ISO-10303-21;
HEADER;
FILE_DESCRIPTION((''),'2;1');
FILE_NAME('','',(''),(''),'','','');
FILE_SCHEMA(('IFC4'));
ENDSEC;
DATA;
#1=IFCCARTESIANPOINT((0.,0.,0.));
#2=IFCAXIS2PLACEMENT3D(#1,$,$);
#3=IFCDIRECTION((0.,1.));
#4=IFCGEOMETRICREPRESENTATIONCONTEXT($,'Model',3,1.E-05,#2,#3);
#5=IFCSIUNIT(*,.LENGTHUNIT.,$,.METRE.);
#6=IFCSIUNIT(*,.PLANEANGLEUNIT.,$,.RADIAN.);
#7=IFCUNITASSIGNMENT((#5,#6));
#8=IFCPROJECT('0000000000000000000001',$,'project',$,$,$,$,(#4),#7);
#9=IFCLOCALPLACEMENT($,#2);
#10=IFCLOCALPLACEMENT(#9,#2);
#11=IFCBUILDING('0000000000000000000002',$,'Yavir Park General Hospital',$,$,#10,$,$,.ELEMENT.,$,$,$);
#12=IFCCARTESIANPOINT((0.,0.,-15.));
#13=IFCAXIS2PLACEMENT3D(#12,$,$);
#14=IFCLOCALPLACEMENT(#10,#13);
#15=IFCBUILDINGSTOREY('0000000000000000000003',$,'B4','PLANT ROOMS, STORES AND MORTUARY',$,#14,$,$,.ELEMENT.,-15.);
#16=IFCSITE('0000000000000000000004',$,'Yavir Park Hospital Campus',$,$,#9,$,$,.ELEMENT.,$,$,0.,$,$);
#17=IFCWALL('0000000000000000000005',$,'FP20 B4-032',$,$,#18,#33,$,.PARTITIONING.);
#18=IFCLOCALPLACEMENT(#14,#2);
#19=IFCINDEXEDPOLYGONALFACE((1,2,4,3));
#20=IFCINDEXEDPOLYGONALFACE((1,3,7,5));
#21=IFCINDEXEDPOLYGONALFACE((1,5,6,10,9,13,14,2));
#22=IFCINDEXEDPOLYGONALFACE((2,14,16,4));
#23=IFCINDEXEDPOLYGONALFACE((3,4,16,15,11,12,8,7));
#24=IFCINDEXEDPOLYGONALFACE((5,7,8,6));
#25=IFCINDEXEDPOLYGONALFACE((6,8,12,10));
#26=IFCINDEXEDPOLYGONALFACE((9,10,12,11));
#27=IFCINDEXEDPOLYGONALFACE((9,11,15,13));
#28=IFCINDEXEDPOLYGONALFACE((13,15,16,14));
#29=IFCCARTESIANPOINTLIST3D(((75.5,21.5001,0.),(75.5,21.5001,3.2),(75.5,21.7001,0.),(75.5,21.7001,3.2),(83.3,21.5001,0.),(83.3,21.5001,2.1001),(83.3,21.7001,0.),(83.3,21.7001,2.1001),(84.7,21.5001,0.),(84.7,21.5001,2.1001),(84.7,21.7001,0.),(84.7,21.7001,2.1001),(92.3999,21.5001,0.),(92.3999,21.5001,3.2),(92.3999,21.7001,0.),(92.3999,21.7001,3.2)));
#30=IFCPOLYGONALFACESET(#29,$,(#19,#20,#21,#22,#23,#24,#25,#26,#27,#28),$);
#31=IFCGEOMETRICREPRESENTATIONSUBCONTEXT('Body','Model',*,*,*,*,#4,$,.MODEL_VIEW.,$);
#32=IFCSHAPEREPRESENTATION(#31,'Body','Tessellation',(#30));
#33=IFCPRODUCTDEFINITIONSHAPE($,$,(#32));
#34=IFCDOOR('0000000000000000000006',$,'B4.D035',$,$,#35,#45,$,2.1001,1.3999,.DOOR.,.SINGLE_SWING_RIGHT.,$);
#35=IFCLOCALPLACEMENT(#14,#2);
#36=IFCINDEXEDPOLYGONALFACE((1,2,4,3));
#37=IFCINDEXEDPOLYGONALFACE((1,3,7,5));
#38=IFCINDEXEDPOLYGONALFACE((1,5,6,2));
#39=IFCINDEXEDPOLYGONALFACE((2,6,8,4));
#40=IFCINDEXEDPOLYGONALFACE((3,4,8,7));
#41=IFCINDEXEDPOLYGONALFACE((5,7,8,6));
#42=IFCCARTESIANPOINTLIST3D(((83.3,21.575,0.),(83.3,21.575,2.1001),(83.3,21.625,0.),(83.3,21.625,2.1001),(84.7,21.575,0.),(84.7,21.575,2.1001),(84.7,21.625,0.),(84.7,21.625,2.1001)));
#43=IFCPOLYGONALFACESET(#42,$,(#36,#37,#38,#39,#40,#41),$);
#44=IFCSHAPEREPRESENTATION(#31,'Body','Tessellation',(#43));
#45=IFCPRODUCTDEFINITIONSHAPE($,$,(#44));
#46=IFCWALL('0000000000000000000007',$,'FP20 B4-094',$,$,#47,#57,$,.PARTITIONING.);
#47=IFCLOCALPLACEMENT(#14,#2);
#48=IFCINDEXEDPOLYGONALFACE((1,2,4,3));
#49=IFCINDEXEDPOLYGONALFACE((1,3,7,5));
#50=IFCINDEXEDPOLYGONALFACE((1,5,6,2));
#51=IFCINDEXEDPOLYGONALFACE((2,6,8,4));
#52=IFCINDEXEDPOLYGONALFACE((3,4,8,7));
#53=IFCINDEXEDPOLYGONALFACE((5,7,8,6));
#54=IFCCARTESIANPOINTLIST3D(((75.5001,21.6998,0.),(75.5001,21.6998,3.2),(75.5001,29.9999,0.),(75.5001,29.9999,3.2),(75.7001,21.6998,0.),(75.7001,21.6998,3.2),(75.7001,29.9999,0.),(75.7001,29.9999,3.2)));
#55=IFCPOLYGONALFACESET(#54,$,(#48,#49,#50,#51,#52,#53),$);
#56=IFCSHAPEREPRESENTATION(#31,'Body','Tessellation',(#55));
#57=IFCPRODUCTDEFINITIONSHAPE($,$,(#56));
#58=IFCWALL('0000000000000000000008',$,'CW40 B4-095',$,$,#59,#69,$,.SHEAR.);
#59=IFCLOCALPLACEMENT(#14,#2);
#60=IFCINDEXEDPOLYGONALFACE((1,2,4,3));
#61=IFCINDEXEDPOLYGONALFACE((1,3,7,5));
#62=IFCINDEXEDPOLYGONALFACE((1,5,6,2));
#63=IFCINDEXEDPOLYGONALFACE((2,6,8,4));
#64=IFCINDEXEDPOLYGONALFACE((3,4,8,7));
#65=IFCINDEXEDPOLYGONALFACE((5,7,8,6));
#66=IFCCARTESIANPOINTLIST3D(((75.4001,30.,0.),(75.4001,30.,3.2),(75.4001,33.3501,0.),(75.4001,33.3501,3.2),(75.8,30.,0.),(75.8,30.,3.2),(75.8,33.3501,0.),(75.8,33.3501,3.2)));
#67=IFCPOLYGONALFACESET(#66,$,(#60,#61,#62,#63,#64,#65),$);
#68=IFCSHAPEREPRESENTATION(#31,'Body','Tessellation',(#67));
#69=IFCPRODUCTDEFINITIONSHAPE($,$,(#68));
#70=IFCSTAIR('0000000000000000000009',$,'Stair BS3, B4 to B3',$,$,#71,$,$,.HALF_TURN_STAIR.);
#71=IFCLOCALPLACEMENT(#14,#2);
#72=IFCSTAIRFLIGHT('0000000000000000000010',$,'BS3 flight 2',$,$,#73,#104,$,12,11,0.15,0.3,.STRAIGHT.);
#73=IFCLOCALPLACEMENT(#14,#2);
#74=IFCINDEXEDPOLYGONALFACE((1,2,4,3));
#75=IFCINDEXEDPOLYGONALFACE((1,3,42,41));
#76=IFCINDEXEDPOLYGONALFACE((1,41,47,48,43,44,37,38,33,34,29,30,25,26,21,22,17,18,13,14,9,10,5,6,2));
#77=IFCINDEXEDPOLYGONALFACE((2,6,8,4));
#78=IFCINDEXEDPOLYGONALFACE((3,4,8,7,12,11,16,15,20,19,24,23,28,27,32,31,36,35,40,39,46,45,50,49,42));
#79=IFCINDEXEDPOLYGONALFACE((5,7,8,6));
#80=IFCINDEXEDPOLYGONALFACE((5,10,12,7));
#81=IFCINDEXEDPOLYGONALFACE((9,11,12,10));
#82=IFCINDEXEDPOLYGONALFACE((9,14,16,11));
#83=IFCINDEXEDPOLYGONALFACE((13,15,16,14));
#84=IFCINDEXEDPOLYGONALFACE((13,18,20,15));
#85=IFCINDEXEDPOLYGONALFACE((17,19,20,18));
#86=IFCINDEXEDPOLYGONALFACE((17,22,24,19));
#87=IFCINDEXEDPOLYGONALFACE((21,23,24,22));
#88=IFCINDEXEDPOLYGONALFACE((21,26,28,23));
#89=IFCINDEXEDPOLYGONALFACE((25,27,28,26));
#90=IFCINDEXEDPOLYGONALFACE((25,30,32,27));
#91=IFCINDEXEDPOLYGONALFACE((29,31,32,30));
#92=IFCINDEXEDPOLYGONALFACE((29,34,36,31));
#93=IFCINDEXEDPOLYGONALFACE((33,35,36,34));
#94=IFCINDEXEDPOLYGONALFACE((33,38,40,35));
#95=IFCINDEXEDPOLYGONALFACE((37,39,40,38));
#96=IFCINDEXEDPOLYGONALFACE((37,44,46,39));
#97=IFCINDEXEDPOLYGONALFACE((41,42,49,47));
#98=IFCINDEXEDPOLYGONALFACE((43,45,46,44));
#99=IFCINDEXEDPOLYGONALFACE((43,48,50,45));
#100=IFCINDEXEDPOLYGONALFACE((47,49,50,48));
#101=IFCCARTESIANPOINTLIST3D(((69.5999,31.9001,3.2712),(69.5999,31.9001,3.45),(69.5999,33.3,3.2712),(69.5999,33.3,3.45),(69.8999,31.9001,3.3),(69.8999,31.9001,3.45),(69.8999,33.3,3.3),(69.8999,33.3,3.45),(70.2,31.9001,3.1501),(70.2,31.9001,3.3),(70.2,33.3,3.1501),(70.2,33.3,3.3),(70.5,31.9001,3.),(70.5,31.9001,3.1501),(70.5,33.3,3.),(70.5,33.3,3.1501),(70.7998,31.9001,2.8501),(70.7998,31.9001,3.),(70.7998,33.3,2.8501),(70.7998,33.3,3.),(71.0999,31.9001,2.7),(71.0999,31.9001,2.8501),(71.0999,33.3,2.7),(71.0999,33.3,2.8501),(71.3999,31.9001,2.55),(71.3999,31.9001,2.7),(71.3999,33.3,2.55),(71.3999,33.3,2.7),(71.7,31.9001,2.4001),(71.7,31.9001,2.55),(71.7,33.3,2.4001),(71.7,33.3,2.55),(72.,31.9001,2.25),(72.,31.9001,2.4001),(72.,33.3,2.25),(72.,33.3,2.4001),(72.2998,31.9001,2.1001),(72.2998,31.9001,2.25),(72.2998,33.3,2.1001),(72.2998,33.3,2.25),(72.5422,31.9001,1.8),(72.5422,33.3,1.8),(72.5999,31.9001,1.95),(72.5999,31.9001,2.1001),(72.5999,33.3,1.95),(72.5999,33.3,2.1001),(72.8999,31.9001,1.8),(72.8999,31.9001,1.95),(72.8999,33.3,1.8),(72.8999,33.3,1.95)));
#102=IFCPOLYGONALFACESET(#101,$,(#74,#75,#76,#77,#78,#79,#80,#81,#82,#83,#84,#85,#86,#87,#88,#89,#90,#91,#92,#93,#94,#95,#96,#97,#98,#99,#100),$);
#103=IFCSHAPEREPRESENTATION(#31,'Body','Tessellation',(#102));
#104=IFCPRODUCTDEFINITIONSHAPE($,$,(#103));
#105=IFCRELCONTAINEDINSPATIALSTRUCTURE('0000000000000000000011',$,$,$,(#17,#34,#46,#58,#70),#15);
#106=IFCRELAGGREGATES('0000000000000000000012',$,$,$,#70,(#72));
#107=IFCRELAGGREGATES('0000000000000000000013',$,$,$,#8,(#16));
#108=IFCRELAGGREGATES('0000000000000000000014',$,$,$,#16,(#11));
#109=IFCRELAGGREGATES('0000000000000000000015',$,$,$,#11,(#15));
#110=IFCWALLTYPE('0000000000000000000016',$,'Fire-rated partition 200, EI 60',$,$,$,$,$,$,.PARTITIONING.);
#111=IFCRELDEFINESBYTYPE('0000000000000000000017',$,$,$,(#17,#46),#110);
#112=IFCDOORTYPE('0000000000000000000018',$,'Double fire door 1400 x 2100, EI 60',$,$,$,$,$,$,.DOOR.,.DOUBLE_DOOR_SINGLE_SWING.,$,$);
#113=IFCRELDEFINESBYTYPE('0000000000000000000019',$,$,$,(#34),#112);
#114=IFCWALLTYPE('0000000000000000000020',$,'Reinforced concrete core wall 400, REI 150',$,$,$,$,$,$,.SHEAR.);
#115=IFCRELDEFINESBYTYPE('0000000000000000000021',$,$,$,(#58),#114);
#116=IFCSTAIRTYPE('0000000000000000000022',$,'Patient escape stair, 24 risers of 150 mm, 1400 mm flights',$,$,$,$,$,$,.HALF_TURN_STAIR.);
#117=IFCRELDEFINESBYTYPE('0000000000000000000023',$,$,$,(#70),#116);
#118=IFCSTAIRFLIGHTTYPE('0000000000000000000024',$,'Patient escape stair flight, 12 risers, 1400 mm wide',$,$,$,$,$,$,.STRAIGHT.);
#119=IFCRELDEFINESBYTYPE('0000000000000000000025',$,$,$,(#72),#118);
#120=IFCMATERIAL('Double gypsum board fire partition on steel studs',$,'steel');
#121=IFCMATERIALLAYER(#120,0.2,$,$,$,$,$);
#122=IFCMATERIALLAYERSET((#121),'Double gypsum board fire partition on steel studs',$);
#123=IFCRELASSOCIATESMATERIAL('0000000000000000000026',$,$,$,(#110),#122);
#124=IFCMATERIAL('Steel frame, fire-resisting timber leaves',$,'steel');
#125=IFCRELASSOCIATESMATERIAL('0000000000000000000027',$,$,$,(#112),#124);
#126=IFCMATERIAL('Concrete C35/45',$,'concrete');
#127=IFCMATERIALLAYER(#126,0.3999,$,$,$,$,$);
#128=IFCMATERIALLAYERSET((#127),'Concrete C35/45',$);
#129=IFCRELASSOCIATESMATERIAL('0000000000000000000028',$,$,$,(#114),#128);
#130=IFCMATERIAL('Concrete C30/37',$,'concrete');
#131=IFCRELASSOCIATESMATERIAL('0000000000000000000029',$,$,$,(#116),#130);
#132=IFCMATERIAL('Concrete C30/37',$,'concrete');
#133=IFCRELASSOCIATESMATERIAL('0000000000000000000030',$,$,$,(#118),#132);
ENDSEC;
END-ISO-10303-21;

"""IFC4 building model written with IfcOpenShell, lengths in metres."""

from ifc_helpers import new_model, si_unit, direction, frame, frame_2d, origin, place, context, subcontext, project, spatial, polyline, rectangle, outline, extrude, material, layer, layer_set, type_object, element, fill, aggregate, save


model = new_model("IFC4")

# Units and contexts
model_context = context("Model", 3, precision=1e-05, world=origin(), true_north=direction((0.0, 1.0)))
body_context = subcontext(model_context, "Body", "Model", "MODEL_VIEW")
ifc_project = project(units=[si_unit("LENGTHUNIT", "METRE"), si_unit("PLANEANGLEUNIT", "RADIAN")], contexts=[model_context])

# Site, building, storey
site_placement = place(None, origin())
site = spatial("IfcSite", under=ifc_project, at=site_placement, Name="Yavir Park Hospital Campus", CompositionType="ELEMENT", RefElevation=0.0)
building_placement = place(site_placement, origin())
building = spatial("IfcBuilding", under=site, at=building_placement, Name="Yavir Park General Hospital", CompositionType="ELEMENT")
storey_placement = place(building_placement, frame((0.0, 0.0, -15.0)))
storey = spatial("IfcBuildingStorey", under=building, at=storey_placement, Name="B4", Description="PLANT ROOMS, STORES AND MORTUARY", CompositionType="ELEMENT", Elevation=-15.0)

# Wall, opening, door
ifc_material_1 = material(Name="Double gypsum board fire partition on steel studs", Category="steel")
ifc_layer_1 = layer(ifc_material_1, 0.2)
ifc_layer_set_1 = layer_set([ifc_layer_1], Name="Double gypsum board fire partition on steel studs")
wall_type_1 = type_object("IfcWallType", Name="Fire-rated partition 200, EI 60", PredefinedType="PARTITIONING", material=ifc_layer_set_1)
ifc_material_2 = material(Name="Steel frame, fire-resisting timber leaves", Category="steel")
door_type = type_object("IfcDoorType", Name="Double fire door 1400 x 2100, EI 60", OperationType="DOUBLE_DOOR_SINGLE_SWING", PredefinedType="DOOR", material=ifc_material_2)
wall_1_placement = place(storey_placement, frame((75.5, 21.6001, 0.0), z_axis=(0.0, 0.0, 1.0), x_axis=(1.0, 0.0, 0.0)))
wall_1 = element("IfcWall", 1, at=wall_1_placement, inside=storey, type_object=wall_type_1, Name="FP20 B4-032", PredefinedType="PARTITIONING", context=body_context, shape_type="SweptSolid", body=[
    extrude(rectangle(XDim=16.8999, YDim=0.2, at=frame_2d((8.45, 0.0))), origin(), (0.0, 0.0, 1.0), 3.2),
])
opening_1_placement = place(wall_1_placement, frame((7.8, 0.0, 0.0)))
opening_1 = element("IfcOpeningElement", 2, at=opening_1_placement, cuts=wall_1, PredefinedType="OPENING", context=body_context, shape_type="SweptSolid", body=[
    extrude(rectangle(XDim=1.3999, YDim=2.1001, at=frame_2d((0.7, 1.05))), frame((0.0, 0.1099, 0.0), z_axis=(0.0, -1.0, 0.0), x_axis=(1.0, 0.0, 0.0)), (0.0, 0.0, 1.0), 0.22),
])
door_1_placement = place(opening_1_placement, origin())
door_1 = element("IfcDoor", 3, at=door_1_placement, inside=storey, type_object=door_type, Name="B4.D035", OperationType="SINGLE_SWING_RIGHT", OverallHeight=2.1001, OverallWidth=1.3999, PredefinedType="DOOR", context=body_context, shape_type="SweptSolid", body=[
    extrude(rectangle(XDim=1.3999, YDim=2.1001, at=frame_2d((0.7, 1.05))), frame((0.0, 0.0249, 0.0), z_axis=(0.0, -1.0, 0.0), x_axis=(1.0, 0.0, 0.0)), (0.0, 0.0, 1.0), 0.05),
])
fill(opening_1, door_1)

# Walls
wall_2_placement = place(storey_placement, frame((75.6001, 21.7, 0.0), z_axis=(0.0, 0.0, 1.0), x_axis=(0.0, 1.0, 0.0)))
element("IfcWall", 4, at=wall_2_placement, inside=storey, type_object=wall_type_1, Name="FP20 B4-094", PredefinedType="PARTITIONING", context=body_context, shape_type="SweptSolid", body=[
    extrude(rectangle(XDim=8.3, YDim=0.2, at=frame_2d((4.1499, 0.0))), origin(), (0.0, 0.0, 1.0), 3.2),
])
ifc_material_3 = material(Name="Concrete C35/45", Category="concrete")
ifc_layer_2 = layer(ifc_material_3, 0.3999)
ifc_layer_set_2 = layer_set([ifc_layer_2], Name="Concrete C35/45")
wall_type_2 = type_object("IfcWallType", Name="Reinforced concrete core wall 400, REI 150", PredefinedType="SHEAR", material=ifc_layer_set_2)
wall_3_placement = place(storey_placement, frame((75.6001, 30.0, 0.0), z_axis=(0.0, 0.0, 1.0), x_axis=(0.0, 1.0, 0.0)))
element("IfcWall", 5, at=wall_3_placement, inside=storey, type_object=wall_type_2, Name="CW40 B4-095", PredefinedType="SHEAR", context=body_context, shape_type="SweptSolid", body=[
    extrude(rectangle(XDim=3.3501, YDim=0.3999, at=frame_2d((1.675, 0.0))), origin(), (0.0, 0.0, 1.0), 3.2),
])

# Stair, stair flight
ifc_material_4 = material(Name="Concrete C30/37", Category="concrete")
stair_type = type_object("IfcStairType", Name="Patient escape stair, 24 risers of 150 mm, 1400 mm flights", PredefinedType="HALF_TURN_STAIR", material=ifc_material_4)
stair_placement = place(storey_placement, origin())
stair = element("IfcStair", 6, at=stair_placement, inside=storey, type_object=stair_type, Name="Stair BS3, B4 to B3", PredefinedType="HALF_TURN_STAIR")
ifc_material_5 = material(Name="Concrete C30/37", Category="concrete")
stair_flight_type = type_object("IfcStairFlightType", Name="Patient escape stair flight, 12 risers, 1400 mm wide", PredefinedType="STRAIGHT", material=ifc_material_5)
stair_flight_placement = place(storey_placement, frame((72.8999, 32.6001, 1.8), z_axis=(0.0, 0.0, 1.0), x_axis=(-1.0, 0.0, 0.0)))
stair_flight = element("IfcStairFlight", 7, at=stair_flight_placement, type_object=stair_flight_type, Name="BS3 flight 2", NumberOfRisers=12, NumberOfTreads=11, PredefinedType="STRAIGHT", RiserHeight=0.15, TreadLength=0.3, context=body_context, shape_type="SweptSolid", body=[
    extrude(outline(polyline([(0.0, 0.0), (0.0, 0.1499), (0.3, 0.1499), (0.3, 0.3), (0.6001, 0.3), (0.6001, 0.45), (0.8999, 0.45), (0.8999, 0.6001), (1.2, 0.6001), (1.2, 0.75), (1.5, 0.75), (1.5, 0.8999), (1.8, 0.8999), (1.8, 1.05), (2.1001, 1.05), (2.1001, 1.2), (2.3999, 1.2), (2.3999, 1.3501), (2.7, 1.3501), (2.7, 1.5), (3.0, 1.5), (3.0, 1.6499), (3.3, 1.6499), (3.3, 1.8), (3.3, 1.4712), (0.3577, 0.0), (0.0, 0.0)])), frame((0.0, 0.7, 0.0), z_axis=(0.0, -1.0, 0.0), x_axis=(1.0, 0.0, 0.0)), (0.0, 0.0, 1.0), 1.3999),
])
aggregate(stair, [stair_flight])

save(model, "model.ifc")
